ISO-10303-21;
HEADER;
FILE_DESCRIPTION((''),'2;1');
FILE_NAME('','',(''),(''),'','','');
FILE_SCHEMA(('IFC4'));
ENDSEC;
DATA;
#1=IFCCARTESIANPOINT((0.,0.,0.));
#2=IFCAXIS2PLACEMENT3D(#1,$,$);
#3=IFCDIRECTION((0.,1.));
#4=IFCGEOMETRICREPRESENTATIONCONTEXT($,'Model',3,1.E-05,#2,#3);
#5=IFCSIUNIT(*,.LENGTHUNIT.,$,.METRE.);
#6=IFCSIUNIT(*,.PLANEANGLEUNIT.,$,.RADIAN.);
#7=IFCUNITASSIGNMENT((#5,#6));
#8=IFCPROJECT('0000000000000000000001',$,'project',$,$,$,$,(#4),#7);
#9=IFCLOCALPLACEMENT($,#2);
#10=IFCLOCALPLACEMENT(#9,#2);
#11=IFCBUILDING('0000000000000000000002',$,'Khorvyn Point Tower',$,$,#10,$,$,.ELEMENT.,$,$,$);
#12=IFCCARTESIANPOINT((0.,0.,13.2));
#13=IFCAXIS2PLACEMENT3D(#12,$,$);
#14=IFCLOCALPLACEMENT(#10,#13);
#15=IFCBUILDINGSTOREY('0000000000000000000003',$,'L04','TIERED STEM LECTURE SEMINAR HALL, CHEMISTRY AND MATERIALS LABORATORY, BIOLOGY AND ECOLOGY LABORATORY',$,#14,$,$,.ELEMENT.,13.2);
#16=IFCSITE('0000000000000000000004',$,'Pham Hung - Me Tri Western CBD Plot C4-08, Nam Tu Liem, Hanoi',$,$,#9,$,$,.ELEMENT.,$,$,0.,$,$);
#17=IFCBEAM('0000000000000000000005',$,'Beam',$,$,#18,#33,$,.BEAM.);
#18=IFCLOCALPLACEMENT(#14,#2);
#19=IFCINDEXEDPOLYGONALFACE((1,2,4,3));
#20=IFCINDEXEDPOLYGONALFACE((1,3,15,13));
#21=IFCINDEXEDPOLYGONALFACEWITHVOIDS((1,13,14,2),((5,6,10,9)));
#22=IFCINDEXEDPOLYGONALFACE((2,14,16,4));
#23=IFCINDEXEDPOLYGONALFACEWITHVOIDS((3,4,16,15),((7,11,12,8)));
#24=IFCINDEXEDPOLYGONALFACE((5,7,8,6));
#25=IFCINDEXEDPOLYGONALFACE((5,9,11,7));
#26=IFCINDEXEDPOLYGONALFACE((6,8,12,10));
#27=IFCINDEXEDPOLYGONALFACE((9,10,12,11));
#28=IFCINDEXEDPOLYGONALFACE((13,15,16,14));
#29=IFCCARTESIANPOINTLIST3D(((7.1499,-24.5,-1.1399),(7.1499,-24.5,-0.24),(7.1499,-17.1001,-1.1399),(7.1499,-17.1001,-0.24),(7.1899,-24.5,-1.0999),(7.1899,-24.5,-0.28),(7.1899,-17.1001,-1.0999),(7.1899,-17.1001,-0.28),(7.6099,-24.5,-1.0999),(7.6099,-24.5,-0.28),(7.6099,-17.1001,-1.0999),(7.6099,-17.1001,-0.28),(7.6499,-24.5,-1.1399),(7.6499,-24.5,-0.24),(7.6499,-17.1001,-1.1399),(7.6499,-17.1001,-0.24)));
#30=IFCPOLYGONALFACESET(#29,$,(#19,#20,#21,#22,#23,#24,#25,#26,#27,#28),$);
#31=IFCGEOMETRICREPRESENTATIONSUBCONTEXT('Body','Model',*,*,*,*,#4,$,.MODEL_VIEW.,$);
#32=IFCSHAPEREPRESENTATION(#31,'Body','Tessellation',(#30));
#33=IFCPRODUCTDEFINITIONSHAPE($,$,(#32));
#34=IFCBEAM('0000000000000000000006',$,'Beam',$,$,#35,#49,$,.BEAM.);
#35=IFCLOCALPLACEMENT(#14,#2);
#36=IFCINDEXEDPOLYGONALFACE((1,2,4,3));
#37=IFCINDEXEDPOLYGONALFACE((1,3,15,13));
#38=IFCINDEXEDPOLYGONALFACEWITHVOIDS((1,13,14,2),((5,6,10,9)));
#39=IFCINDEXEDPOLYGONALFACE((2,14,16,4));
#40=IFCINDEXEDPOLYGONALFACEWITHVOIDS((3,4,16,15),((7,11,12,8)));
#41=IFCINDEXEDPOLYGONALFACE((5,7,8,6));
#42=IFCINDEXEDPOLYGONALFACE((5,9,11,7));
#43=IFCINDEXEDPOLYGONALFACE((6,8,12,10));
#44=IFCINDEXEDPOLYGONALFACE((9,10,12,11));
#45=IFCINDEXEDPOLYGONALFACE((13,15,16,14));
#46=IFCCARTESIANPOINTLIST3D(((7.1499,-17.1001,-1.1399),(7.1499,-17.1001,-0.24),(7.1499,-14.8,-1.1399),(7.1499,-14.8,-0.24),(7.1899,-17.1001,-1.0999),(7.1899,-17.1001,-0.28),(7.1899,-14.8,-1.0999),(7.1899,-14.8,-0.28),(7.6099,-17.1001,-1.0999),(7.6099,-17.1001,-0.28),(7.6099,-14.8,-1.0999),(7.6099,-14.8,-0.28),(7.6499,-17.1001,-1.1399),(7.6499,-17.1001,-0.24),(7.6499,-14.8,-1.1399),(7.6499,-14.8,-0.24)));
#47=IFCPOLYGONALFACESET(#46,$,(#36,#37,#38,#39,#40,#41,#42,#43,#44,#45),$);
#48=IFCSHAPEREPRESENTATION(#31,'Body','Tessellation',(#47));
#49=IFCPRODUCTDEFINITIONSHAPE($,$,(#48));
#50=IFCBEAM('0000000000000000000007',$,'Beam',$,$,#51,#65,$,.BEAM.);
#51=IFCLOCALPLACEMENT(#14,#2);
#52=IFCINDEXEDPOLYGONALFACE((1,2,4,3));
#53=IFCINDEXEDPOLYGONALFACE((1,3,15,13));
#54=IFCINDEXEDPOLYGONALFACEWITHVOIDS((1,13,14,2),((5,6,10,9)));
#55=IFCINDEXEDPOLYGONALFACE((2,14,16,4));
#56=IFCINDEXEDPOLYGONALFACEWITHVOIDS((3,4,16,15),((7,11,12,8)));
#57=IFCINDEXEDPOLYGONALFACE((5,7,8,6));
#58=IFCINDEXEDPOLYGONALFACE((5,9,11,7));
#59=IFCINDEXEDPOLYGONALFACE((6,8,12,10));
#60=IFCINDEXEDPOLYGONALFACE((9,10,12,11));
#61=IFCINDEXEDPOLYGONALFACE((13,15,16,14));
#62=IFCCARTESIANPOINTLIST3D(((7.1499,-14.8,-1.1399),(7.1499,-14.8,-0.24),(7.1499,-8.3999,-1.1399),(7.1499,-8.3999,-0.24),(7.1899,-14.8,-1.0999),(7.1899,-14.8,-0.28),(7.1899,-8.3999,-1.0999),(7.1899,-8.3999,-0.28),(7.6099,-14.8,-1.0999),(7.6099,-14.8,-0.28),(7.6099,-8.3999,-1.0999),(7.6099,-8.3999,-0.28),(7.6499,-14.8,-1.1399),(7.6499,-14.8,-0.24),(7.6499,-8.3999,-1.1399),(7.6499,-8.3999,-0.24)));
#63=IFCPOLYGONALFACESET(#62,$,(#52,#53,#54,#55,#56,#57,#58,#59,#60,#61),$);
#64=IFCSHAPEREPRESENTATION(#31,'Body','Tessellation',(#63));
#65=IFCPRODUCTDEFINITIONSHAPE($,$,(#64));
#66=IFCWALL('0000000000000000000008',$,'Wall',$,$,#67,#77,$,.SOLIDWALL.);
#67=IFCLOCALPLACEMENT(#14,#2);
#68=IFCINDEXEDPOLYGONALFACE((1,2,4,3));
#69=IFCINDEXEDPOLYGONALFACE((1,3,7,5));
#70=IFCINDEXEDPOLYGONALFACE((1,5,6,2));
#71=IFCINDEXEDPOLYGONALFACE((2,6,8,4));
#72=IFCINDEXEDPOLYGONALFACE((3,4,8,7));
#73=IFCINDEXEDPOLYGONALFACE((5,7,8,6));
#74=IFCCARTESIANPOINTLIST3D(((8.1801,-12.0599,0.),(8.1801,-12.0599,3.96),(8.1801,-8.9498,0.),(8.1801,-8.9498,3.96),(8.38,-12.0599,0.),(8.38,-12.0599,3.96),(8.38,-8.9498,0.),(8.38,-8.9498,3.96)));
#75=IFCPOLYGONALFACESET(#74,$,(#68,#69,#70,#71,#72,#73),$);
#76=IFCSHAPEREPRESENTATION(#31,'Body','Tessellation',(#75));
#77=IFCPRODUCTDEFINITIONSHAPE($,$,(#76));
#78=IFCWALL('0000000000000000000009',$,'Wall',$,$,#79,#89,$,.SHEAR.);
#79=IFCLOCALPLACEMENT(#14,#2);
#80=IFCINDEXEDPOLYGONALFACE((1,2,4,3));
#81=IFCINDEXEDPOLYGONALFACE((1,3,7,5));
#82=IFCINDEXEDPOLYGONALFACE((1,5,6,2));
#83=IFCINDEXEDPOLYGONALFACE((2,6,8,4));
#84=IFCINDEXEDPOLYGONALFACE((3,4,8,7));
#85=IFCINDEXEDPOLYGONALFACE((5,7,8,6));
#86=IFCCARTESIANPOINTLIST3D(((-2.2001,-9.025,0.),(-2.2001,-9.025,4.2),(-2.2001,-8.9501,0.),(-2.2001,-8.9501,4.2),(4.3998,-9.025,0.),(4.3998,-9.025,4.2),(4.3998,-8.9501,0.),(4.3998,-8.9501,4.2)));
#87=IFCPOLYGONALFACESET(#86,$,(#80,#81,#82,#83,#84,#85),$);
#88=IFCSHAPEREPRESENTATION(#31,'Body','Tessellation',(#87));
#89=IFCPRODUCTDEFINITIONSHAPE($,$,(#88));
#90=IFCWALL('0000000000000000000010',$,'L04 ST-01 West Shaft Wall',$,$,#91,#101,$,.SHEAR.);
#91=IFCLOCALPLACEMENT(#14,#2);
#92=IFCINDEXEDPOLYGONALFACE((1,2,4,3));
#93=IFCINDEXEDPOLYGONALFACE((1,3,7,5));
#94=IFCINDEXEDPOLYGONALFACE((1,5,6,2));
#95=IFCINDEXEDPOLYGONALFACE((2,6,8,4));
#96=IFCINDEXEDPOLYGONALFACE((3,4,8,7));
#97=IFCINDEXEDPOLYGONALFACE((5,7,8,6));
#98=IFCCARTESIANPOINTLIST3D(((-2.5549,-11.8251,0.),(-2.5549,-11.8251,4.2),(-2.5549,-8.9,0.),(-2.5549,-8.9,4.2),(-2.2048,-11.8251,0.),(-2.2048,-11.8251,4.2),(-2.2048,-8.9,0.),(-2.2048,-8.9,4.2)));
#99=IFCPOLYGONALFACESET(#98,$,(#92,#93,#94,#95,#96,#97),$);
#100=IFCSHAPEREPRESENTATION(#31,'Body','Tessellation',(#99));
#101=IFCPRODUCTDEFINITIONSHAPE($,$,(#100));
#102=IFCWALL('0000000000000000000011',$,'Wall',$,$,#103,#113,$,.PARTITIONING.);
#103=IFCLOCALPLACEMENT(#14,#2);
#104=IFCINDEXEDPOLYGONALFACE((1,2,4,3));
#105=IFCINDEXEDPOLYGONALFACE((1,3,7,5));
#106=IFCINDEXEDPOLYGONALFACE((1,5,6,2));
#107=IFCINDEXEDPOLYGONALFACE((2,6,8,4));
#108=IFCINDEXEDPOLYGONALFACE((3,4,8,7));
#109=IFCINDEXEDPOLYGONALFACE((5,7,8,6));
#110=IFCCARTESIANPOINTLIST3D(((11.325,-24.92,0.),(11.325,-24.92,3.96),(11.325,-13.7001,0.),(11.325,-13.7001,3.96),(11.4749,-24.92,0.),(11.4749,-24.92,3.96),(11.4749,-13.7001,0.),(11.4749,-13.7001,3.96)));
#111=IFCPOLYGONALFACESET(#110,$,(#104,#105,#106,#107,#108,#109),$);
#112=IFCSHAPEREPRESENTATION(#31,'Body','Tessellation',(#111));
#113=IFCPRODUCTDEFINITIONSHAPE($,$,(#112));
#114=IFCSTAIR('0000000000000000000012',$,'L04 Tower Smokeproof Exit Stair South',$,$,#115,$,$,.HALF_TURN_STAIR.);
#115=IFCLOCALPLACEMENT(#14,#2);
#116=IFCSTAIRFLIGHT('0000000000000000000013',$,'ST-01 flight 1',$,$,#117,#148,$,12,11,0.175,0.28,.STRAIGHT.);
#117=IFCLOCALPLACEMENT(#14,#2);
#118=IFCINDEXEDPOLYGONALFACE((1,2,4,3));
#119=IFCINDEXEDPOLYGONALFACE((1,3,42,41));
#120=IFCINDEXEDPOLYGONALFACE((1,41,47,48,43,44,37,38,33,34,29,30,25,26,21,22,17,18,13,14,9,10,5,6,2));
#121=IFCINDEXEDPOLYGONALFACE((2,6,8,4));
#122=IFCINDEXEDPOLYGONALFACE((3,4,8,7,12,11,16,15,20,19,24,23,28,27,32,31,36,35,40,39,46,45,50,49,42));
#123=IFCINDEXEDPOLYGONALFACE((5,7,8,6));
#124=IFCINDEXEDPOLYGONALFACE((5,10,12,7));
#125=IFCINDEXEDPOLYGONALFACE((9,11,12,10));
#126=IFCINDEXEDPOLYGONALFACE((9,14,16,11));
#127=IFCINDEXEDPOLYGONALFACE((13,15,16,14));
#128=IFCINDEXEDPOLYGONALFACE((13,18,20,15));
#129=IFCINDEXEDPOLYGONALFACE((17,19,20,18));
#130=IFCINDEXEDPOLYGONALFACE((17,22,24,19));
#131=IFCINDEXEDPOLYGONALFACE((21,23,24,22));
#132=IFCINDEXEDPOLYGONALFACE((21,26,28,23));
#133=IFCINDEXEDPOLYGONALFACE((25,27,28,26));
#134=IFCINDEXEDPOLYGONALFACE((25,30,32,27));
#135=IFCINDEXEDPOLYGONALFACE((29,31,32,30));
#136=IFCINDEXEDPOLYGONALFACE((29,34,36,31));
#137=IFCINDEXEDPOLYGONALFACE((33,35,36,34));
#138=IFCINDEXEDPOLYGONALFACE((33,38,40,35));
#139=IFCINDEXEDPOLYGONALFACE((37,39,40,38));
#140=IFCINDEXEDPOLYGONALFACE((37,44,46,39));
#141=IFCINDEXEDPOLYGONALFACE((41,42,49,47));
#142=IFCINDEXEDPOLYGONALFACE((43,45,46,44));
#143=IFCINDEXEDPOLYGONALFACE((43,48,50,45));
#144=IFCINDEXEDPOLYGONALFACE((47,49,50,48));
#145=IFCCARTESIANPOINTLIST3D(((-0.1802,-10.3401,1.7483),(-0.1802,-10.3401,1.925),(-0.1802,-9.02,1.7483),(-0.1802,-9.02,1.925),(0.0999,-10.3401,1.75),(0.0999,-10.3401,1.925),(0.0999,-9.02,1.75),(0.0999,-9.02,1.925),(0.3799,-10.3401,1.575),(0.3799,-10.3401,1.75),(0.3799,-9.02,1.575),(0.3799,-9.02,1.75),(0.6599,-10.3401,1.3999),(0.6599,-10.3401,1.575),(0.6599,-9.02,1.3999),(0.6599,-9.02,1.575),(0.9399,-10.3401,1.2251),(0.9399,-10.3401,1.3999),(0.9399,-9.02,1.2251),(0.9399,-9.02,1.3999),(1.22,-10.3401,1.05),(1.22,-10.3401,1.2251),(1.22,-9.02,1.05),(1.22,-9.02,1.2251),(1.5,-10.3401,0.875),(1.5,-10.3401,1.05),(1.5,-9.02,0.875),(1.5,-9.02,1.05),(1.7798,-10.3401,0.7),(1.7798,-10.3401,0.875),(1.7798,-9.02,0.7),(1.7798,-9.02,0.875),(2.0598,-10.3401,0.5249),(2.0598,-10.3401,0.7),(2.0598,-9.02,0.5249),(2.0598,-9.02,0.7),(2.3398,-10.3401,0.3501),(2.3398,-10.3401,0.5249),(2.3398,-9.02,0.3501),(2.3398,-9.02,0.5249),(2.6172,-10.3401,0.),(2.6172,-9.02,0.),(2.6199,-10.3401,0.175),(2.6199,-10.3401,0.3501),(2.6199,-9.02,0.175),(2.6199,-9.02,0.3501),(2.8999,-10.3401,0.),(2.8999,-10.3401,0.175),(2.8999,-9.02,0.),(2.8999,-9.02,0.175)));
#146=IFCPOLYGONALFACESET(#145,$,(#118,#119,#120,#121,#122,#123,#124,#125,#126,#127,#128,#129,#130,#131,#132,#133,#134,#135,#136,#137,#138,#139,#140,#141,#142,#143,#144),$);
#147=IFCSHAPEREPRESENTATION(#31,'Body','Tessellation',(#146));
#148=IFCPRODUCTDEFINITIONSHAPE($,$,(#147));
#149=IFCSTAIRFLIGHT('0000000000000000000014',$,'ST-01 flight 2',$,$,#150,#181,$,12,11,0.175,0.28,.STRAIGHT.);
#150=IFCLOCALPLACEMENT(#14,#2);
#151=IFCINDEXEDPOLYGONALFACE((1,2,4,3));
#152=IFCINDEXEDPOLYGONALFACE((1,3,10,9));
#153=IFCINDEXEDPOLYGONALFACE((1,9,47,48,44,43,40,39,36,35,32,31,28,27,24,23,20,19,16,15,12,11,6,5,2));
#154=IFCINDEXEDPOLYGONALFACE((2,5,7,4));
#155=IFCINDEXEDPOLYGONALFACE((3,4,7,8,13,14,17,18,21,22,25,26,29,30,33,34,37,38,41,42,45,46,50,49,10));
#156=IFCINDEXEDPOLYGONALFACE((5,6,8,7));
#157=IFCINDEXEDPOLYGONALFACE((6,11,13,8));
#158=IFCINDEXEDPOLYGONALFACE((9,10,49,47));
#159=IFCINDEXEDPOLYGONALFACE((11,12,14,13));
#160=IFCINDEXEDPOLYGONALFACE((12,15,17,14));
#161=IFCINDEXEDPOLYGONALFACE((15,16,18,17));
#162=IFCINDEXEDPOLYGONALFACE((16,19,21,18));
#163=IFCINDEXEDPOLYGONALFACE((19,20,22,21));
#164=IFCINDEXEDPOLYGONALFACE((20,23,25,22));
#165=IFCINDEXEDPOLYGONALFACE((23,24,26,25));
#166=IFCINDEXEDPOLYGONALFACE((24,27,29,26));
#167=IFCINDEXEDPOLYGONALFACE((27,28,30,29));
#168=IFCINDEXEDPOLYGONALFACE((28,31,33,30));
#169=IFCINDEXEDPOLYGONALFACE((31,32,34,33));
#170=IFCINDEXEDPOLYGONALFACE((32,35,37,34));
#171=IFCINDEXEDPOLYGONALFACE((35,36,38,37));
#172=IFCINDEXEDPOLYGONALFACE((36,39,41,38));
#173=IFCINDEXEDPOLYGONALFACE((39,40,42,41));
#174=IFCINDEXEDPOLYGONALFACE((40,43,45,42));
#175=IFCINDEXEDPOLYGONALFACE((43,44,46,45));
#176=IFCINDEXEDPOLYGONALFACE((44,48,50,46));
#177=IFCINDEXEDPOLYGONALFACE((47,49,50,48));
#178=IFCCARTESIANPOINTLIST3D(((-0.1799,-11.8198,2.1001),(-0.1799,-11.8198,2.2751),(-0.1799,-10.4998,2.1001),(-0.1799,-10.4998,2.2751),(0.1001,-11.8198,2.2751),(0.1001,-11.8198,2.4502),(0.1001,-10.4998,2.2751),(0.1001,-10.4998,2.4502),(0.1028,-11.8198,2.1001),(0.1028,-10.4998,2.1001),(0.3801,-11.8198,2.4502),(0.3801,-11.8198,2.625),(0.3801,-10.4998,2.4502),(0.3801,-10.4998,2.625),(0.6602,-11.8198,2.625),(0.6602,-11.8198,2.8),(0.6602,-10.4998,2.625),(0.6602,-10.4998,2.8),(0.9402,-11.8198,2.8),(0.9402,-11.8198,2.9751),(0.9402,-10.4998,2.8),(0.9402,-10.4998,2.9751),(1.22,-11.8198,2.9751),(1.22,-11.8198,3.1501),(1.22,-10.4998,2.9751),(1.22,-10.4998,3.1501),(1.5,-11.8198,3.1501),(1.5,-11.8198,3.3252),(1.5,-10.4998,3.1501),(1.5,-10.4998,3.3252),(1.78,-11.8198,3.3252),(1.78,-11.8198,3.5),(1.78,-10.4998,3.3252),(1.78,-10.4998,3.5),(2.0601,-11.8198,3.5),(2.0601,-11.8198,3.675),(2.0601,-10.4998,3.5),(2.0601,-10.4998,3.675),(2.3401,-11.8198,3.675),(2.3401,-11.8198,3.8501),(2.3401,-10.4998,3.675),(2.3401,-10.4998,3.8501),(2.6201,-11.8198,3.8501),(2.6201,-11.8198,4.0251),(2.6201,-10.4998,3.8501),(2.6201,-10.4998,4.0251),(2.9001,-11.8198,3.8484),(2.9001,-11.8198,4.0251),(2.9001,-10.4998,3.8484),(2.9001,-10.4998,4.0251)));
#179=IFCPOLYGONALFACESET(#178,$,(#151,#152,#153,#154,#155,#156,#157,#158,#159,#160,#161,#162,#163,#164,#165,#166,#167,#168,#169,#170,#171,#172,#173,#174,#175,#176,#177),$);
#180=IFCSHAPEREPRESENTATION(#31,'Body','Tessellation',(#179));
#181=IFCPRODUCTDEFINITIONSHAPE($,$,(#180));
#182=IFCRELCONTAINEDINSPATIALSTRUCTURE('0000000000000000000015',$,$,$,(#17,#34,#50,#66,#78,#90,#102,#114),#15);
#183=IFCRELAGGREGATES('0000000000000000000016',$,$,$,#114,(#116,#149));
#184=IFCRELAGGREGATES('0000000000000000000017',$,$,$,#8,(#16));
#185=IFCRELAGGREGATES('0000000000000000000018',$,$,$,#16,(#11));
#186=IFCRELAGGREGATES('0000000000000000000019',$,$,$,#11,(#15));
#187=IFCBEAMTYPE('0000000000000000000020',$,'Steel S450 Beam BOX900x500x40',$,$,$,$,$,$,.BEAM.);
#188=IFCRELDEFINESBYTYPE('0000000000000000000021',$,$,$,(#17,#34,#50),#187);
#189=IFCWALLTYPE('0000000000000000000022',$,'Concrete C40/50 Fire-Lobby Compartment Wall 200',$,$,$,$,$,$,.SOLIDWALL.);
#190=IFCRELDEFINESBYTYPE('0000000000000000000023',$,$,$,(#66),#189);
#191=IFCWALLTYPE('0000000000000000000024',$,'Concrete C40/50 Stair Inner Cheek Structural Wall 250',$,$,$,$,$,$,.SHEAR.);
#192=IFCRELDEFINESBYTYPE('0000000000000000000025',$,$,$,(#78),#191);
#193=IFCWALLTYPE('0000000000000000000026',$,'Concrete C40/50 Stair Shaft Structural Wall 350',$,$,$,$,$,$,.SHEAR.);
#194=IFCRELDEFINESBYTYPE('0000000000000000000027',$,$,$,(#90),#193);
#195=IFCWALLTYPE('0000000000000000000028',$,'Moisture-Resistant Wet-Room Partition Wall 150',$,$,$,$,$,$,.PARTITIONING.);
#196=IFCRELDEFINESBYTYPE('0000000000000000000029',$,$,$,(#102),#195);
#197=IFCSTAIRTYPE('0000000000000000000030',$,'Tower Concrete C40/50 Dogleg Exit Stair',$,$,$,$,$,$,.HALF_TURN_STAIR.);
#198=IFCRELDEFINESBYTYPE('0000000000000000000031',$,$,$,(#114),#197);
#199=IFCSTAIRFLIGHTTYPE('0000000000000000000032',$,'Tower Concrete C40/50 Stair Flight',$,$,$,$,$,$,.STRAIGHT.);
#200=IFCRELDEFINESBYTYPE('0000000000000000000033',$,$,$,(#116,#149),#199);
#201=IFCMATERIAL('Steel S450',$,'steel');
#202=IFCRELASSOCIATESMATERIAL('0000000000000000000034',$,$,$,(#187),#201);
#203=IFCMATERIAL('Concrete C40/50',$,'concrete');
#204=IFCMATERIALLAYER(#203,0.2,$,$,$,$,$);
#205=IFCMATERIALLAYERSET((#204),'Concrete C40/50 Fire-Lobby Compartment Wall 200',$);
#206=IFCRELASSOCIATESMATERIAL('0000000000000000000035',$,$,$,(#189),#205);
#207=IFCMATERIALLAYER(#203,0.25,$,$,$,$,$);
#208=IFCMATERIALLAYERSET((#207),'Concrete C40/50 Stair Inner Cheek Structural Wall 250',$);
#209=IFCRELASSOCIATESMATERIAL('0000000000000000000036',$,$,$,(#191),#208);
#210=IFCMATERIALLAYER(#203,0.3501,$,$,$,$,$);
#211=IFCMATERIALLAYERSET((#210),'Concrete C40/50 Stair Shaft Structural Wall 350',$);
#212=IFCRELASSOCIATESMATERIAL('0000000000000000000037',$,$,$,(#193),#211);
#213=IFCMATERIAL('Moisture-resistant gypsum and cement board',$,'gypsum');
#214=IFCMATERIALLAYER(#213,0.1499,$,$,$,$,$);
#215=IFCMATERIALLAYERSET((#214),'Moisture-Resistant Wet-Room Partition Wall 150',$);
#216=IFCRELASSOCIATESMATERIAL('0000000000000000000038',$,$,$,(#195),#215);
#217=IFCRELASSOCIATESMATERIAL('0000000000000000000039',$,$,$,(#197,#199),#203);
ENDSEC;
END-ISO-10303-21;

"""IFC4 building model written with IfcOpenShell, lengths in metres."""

from ifc_helpers import new_model, si_unit, direction, frame, frame_2d, origin, origin_2d, place, context, subcontext, project, spatial, polyline, rectangle, hollow_rectangle, outline, extrude, material, layer, layer_set, material_profile, profile_set, type_object, element, aggregate, save


model = new_model("IFC4")

# Units and contexts
model_context = context("Model", 3, precision=1e-05, world=origin(), true_north=direction((0.0, 1.0)))
body_context = subcontext(model_context, "Body", "Model", "MODEL_VIEW")
ifc_project = project(units=[si_unit("LENGTHUNIT", "METRE"), si_unit("PLANEANGLEUNIT", "RADIAN")], contexts=[model_context])

# Site, building, storey
site_placement = place(None, origin())
site = spatial("IfcSite", under=ifc_project, at=site_placement, Name="Pham Hung - Me Tri Western CBD Plot C4-08, Nam Tu Liem, Hanoi", CompositionType="ELEMENT", RefElevation=0.0)
building_placement = place(site_placement, origin())
building = spatial("IfcBuilding", under=site, at=building_placement, Name="Khorvyn Point Tower", CompositionType="ELEMENT")
storey_placement = place(building_placement, frame((0.0, 0.0, 13.2)))
storey = spatial("IfcBuildingStorey", under=building, at=storey_placement, Name="L04", Description="TIERED STEM LECTURE SEMINAR HALL, CHEMISTRY AND MATERIALS LABORATORY, BIOLOGY AND ECOLOGY LABORATORY", CompositionType="ELEMENT", Elevation=13.2)

# Shared definitions
ifc_material_1 = material(Name="Concrete C40/50", Category="concrete")

# Beams
ifc_material_2 = material(Name="Steel S450", Category="steel")
ifc_material_profile_1 = material_profile(ifc_material_2, hollow_rectangle(XDim=0.5, YDim=0.8999, WallThickness=0.04, at=origin_2d()))
ifc_profile_set_1 = profile_set([ifc_material_profile_1], Name="Steel S450 BOX900x500x40")
beam_type_1 = type_object("IfcBeamType", Name="Steel S450 Beam BOX900x500x40", PredefinedType="BEAM", material=ifc_profile_set_1)
beam_1_placement = place(storey_placement, frame((7.3999, -24.5, -0.6899), z_axis=(0.0, 1.0, 0.0), x_axis=(-1.0, 0.0, 0.0)))
element("IfcBeam", 1, at=beam_1_placement, inside=storey, type_object=beam_type_1, Name="Beam", PredefinedType="BEAM", context=body_context, shape_type="SweptSolid", body=[
    extrude(hollow_rectangle(XDim=0.5, YDim=0.8999, WallThickness=0.04, at=origin_2d()), origin(), (0.0, 0.0, 1.0), 7.3999),
])
beam_2_placement = place(storey_placement, frame((7.3999, -17.1001, -0.6899), z_axis=(0.0, 1.0, 0.0), x_axis=(-1.0, 0.0, 0.0)))
element("IfcBeam", 2, at=beam_2_placement, inside=storey, type_object=beam_type_1, Name="Beam", PredefinedType="BEAM", context=body_context, shape_type="SweptSolid", body=[
    extrude(hollow_rectangle(XDim=0.5, YDim=0.8999, WallThickness=0.04, at=origin_2d()), origin(), (0.0, 0.0, 1.0), 2.3),
])
beam_3_placement = place(storey_placement, frame((7.3999, -14.8, -0.6899), z_axis=(0.0, 1.0, 0.0), x_axis=(-1.0, 0.0, 0.0)))
element("IfcBeam", 3, at=beam_3_placement, inside=storey, type_object=beam_type_1, Name="Beam", PredefinedType="BEAM", context=body_context, shape_type="SweptSolid", body=[
    extrude(hollow_rectangle(XDim=0.5, YDim=0.8999, WallThickness=0.04, at=origin_2d()), origin(), (0.0, 0.0, 1.0), 6.4001),
])

# Shared definitions
ifc_layer_1 = layer(ifc_material_1, 0.2)
ifc_layer_set_1 = layer_set([ifc_layer_1], Name="Concrete C40/50 Fire-Lobby Compartment Wall 200")
wall_type_1 = type_object("IfcWallType", Name="Concrete C40/50 Fire-Lobby Compartment Wall 200", PredefinedType="SOLIDWALL", material=ifc_layer_set_1)

# Walls
wall_1_placement = place(storey_placement, frame((8.28, -12.0601, 0.0), z_axis=(0.0, 0.0, 1.0), x_axis=(0.0, 1.0, 0.0)))
element("IfcWall", 4, at=wall_1_placement, inside=storey, type_object=wall_type_1, Name="Wall", PredefinedType="SOLIDWALL", context=body_context, shape_type="SweptSolid", body=[
    extrude(rectangle(XDim=3.1101, YDim=0.2, at=frame_2d((1.5552, 0.0))), origin(), (0.0, 0.0, 1.0), 3.96),
])
ifc_layer_2 = layer(ifc_material_1, 0.25)
ifc_layer_set_2 = layer_set([ifc_layer_2], Name="Concrete C40/50 Stair Inner Cheek Structural Wall 250")
wall_type_2 = type_object("IfcWallType", Name="Concrete C40/50 Stair Inner Cheek Structural Wall 250", PredefinedType="SHEAR", material=ifc_layer_set_2)
wall_2_placement = place(storey_placement, frame((-2.2, -8.9875, 0.0), z_axis=(0.0, 0.0, 1.0), x_axis=(1.0, 0.0, 0.0)))
element("IfcWall", 5, at=wall_2_placement, inside=storey, type_object=wall_type_2, Name="Wall", PredefinedType="SHEAR", context=body_context, shape_type="SweptSolid", body=[
    extrude(rectangle(XDim=6.5999, YDim=0.075, at=frame_2d((3.2998, 0.0))), origin(), (0.0, 0.0, 1.0), 4.2),
])
ifc_layer_3 = layer(ifc_material_1, 0.3501)
ifc_layer_set_3 = layer_set([ifc_layer_3], Name="Concrete C40/50 Stair Shaft Structural Wall 350")
wall_type_3 = type_object("IfcWallType", Name="Concrete C40/50 Stair Shaft Structural Wall 350", PredefinedType="SHEAR", material=ifc_layer_set_3)
wall_3_placement = place(storey_placement, frame((-2.3799, -11.825, 0.0), z_axis=(0.0, 0.0, 1.0), x_axis=(0.0, 1.0, 0.0)))
element("IfcWall", 6, at=wall_3_placement, inside=storey, type_object=wall_type_3, Name="L04 ST-01 West Shaft Wall", PredefinedType="SHEAR", context=body_context, shape_type="SweptSolid", body=[
    extrude(rectangle(XDim=2.925, YDim=0.3501, at=frame_2d((1.4624, 0.0))), origin(), (0.0, 0.0, 1.0), 4.2),
])
ifc_material_3 = material(Name="Moisture-resistant gypsum and cement board", Category="gypsum")
ifc_layer_4 = layer(ifc_material_3, 0.1499)
ifc_layer_set_4 = layer_set([ifc_layer_4], Name="Moisture-Resistant Wet-Room Partition Wall 150")
wall_type_4 = type_object("IfcWallType", Name="Moisture-Resistant Wet-Room Partition Wall 150", PredefinedType="PARTITIONING", material=ifc_layer_set_4)
wall_4_placement = place(storey_placement, frame((11.3999, -24.9199, 0.0), z_axis=(0.0, 0.0, 1.0), x_axis=(0.0, 1.0, 0.0)))
element("IfcWall", 7, at=wall_4_placement, inside=storey, type_object=wall_type_4, Name="Wall", PredefinedType="PARTITIONING", context=body_context, shape_type="SweptSolid", body=[
    extrude(rectangle(XDim=11.22, YDim=0.1499, at=frame_2d((5.6099, 0.0))), origin(), (0.0, 0.0, 1.0), 3.96),
])

# Stair, stair flights
stair_type = type_object("IfcStairType", Name="Tower Concrete C40/50 Dogleg Exit Stair", PredefinedType="HALF_TURN_STAIR", material=ifc_material_1)
stair_placement = place(storey_placement, origin())
stair = element("IfcStair", 8, at=stair_placement, inside=storey, type_object=stair_type, Name="L04 Tower Smokeproof Exit Stair South", PredefinedType="HALF_TURN_STAIR")
stair_flight_type = type_object("IfcStairFlightType", Name="Tower Concrete C40/50 Stair Flight", PredefinedType="STRAIGHT", material=ifc_material_1)
stair_flight_1_placement = place(storey_placement, frame((2.8999, -9.6799, 0.0), z_axis=(0.0, 0.0, 1.0), x_axis=(-1.0, 0.0, 0.0)))
stair_flight_1 = element("IfcStairFlight", 9, at=stair_flight_1_placement, type_object=stair_flight_type, Name="ST-01 flight 1", NumberOfRisers=12, NumberOfTreads=11, PredefinedType="STRAIGHT", RiserHeight=0.175, TreadLength=0.28, context=body_context, shape_type="SweptSolid", body=[
    extrude(outline(polyline([(0.0, 0.0), (0.0, 0.175), (0.28, 0.175), (0.28, 0.3501), (0.5601, 0.3501), (0.5601, 0.5249), (0.8401, 0.5249), (0.8401, 0.7), (1.1201, 0.7), (1.1201, 0.875), (1.3999, 0.875), (1.3999, 1.05), (1.6799, 1.05), (1.6799, 1.2251), (1.96, 1.2251), (1.96, 1.3999), (2.24, 1.3999), (2.24, 1.575), (2.52, 1.575), (2.52, 1.75), (2.8, 1.75), (2.8, 1.925), (3.0801, 1.925), (3.0801, 2.1001), (3.0801, 1.7483), (0.2827, 0.0), (0.0, 0.0)])), frame((0.0, 0.6602, 0.0), z_axis=(0.0, -1.0, 0.0), x_axis=(1.0, 0.0, 0.0)), (0.0, 0.0, 1.0), 1.3201),
])
stair_flight_2_placement = place(storey_placement, frame((-0.1799, -11.1599, 2.1001), z_axis=(0.0, 0.0, 1.0), x_axis=(1.0, 0.0, 0.0)))
stair_flight_2 = element("IfcStairFlight", 10, at=stair_flight_2_placement, type_object=stair_flight_type, Name="ST-01 flight 2", NumberOfRisers=12, NumberOfTreads=11, PredefinedType="STRAIGHT", RiserHeight=0.175, TreadLength=0.28, context=body_context, shape_type="SweptSolid", body=[
    extrude(outline(polyline([(0.0, 0.0), (0.0, 0.175), (0.28, 0.175), (0.28, 0.3501), (0.5601, 0.3501), (0.5601, 0.5249), (0.8401, 0.5249), (0.8401, 0.7), (1.1201, 0.7), (1.1201, 0.875), (1.3999, 0.875), (1.3999, 1.05), (1.6799, 1.05), (1.6799, 1.2251), (1.96, 1.2251), (1.96, 1.3999), (2.24, 1.3999), (2.24, 1.575), (2.52, 1.575), (2.52, 1.75), (2.8, 1.75), (2.8, 1.925), (3.0801, 1.925), (3.0801, 2.1001), (3.0801, 1.7483), (0.2827, 0.0), (0.0, 0.0)])), frame((0.0, 0.6602, 0.0), z_axis=(0.0, -1.0, 0.0), x_axis=(1.0, 0.0, 0.0)), (0.0, 0.0, 1.0), 1.3201),
])
aggregate(stair, [stair_flight_1, stair_flight_2])

save(model, "model.ifc")
